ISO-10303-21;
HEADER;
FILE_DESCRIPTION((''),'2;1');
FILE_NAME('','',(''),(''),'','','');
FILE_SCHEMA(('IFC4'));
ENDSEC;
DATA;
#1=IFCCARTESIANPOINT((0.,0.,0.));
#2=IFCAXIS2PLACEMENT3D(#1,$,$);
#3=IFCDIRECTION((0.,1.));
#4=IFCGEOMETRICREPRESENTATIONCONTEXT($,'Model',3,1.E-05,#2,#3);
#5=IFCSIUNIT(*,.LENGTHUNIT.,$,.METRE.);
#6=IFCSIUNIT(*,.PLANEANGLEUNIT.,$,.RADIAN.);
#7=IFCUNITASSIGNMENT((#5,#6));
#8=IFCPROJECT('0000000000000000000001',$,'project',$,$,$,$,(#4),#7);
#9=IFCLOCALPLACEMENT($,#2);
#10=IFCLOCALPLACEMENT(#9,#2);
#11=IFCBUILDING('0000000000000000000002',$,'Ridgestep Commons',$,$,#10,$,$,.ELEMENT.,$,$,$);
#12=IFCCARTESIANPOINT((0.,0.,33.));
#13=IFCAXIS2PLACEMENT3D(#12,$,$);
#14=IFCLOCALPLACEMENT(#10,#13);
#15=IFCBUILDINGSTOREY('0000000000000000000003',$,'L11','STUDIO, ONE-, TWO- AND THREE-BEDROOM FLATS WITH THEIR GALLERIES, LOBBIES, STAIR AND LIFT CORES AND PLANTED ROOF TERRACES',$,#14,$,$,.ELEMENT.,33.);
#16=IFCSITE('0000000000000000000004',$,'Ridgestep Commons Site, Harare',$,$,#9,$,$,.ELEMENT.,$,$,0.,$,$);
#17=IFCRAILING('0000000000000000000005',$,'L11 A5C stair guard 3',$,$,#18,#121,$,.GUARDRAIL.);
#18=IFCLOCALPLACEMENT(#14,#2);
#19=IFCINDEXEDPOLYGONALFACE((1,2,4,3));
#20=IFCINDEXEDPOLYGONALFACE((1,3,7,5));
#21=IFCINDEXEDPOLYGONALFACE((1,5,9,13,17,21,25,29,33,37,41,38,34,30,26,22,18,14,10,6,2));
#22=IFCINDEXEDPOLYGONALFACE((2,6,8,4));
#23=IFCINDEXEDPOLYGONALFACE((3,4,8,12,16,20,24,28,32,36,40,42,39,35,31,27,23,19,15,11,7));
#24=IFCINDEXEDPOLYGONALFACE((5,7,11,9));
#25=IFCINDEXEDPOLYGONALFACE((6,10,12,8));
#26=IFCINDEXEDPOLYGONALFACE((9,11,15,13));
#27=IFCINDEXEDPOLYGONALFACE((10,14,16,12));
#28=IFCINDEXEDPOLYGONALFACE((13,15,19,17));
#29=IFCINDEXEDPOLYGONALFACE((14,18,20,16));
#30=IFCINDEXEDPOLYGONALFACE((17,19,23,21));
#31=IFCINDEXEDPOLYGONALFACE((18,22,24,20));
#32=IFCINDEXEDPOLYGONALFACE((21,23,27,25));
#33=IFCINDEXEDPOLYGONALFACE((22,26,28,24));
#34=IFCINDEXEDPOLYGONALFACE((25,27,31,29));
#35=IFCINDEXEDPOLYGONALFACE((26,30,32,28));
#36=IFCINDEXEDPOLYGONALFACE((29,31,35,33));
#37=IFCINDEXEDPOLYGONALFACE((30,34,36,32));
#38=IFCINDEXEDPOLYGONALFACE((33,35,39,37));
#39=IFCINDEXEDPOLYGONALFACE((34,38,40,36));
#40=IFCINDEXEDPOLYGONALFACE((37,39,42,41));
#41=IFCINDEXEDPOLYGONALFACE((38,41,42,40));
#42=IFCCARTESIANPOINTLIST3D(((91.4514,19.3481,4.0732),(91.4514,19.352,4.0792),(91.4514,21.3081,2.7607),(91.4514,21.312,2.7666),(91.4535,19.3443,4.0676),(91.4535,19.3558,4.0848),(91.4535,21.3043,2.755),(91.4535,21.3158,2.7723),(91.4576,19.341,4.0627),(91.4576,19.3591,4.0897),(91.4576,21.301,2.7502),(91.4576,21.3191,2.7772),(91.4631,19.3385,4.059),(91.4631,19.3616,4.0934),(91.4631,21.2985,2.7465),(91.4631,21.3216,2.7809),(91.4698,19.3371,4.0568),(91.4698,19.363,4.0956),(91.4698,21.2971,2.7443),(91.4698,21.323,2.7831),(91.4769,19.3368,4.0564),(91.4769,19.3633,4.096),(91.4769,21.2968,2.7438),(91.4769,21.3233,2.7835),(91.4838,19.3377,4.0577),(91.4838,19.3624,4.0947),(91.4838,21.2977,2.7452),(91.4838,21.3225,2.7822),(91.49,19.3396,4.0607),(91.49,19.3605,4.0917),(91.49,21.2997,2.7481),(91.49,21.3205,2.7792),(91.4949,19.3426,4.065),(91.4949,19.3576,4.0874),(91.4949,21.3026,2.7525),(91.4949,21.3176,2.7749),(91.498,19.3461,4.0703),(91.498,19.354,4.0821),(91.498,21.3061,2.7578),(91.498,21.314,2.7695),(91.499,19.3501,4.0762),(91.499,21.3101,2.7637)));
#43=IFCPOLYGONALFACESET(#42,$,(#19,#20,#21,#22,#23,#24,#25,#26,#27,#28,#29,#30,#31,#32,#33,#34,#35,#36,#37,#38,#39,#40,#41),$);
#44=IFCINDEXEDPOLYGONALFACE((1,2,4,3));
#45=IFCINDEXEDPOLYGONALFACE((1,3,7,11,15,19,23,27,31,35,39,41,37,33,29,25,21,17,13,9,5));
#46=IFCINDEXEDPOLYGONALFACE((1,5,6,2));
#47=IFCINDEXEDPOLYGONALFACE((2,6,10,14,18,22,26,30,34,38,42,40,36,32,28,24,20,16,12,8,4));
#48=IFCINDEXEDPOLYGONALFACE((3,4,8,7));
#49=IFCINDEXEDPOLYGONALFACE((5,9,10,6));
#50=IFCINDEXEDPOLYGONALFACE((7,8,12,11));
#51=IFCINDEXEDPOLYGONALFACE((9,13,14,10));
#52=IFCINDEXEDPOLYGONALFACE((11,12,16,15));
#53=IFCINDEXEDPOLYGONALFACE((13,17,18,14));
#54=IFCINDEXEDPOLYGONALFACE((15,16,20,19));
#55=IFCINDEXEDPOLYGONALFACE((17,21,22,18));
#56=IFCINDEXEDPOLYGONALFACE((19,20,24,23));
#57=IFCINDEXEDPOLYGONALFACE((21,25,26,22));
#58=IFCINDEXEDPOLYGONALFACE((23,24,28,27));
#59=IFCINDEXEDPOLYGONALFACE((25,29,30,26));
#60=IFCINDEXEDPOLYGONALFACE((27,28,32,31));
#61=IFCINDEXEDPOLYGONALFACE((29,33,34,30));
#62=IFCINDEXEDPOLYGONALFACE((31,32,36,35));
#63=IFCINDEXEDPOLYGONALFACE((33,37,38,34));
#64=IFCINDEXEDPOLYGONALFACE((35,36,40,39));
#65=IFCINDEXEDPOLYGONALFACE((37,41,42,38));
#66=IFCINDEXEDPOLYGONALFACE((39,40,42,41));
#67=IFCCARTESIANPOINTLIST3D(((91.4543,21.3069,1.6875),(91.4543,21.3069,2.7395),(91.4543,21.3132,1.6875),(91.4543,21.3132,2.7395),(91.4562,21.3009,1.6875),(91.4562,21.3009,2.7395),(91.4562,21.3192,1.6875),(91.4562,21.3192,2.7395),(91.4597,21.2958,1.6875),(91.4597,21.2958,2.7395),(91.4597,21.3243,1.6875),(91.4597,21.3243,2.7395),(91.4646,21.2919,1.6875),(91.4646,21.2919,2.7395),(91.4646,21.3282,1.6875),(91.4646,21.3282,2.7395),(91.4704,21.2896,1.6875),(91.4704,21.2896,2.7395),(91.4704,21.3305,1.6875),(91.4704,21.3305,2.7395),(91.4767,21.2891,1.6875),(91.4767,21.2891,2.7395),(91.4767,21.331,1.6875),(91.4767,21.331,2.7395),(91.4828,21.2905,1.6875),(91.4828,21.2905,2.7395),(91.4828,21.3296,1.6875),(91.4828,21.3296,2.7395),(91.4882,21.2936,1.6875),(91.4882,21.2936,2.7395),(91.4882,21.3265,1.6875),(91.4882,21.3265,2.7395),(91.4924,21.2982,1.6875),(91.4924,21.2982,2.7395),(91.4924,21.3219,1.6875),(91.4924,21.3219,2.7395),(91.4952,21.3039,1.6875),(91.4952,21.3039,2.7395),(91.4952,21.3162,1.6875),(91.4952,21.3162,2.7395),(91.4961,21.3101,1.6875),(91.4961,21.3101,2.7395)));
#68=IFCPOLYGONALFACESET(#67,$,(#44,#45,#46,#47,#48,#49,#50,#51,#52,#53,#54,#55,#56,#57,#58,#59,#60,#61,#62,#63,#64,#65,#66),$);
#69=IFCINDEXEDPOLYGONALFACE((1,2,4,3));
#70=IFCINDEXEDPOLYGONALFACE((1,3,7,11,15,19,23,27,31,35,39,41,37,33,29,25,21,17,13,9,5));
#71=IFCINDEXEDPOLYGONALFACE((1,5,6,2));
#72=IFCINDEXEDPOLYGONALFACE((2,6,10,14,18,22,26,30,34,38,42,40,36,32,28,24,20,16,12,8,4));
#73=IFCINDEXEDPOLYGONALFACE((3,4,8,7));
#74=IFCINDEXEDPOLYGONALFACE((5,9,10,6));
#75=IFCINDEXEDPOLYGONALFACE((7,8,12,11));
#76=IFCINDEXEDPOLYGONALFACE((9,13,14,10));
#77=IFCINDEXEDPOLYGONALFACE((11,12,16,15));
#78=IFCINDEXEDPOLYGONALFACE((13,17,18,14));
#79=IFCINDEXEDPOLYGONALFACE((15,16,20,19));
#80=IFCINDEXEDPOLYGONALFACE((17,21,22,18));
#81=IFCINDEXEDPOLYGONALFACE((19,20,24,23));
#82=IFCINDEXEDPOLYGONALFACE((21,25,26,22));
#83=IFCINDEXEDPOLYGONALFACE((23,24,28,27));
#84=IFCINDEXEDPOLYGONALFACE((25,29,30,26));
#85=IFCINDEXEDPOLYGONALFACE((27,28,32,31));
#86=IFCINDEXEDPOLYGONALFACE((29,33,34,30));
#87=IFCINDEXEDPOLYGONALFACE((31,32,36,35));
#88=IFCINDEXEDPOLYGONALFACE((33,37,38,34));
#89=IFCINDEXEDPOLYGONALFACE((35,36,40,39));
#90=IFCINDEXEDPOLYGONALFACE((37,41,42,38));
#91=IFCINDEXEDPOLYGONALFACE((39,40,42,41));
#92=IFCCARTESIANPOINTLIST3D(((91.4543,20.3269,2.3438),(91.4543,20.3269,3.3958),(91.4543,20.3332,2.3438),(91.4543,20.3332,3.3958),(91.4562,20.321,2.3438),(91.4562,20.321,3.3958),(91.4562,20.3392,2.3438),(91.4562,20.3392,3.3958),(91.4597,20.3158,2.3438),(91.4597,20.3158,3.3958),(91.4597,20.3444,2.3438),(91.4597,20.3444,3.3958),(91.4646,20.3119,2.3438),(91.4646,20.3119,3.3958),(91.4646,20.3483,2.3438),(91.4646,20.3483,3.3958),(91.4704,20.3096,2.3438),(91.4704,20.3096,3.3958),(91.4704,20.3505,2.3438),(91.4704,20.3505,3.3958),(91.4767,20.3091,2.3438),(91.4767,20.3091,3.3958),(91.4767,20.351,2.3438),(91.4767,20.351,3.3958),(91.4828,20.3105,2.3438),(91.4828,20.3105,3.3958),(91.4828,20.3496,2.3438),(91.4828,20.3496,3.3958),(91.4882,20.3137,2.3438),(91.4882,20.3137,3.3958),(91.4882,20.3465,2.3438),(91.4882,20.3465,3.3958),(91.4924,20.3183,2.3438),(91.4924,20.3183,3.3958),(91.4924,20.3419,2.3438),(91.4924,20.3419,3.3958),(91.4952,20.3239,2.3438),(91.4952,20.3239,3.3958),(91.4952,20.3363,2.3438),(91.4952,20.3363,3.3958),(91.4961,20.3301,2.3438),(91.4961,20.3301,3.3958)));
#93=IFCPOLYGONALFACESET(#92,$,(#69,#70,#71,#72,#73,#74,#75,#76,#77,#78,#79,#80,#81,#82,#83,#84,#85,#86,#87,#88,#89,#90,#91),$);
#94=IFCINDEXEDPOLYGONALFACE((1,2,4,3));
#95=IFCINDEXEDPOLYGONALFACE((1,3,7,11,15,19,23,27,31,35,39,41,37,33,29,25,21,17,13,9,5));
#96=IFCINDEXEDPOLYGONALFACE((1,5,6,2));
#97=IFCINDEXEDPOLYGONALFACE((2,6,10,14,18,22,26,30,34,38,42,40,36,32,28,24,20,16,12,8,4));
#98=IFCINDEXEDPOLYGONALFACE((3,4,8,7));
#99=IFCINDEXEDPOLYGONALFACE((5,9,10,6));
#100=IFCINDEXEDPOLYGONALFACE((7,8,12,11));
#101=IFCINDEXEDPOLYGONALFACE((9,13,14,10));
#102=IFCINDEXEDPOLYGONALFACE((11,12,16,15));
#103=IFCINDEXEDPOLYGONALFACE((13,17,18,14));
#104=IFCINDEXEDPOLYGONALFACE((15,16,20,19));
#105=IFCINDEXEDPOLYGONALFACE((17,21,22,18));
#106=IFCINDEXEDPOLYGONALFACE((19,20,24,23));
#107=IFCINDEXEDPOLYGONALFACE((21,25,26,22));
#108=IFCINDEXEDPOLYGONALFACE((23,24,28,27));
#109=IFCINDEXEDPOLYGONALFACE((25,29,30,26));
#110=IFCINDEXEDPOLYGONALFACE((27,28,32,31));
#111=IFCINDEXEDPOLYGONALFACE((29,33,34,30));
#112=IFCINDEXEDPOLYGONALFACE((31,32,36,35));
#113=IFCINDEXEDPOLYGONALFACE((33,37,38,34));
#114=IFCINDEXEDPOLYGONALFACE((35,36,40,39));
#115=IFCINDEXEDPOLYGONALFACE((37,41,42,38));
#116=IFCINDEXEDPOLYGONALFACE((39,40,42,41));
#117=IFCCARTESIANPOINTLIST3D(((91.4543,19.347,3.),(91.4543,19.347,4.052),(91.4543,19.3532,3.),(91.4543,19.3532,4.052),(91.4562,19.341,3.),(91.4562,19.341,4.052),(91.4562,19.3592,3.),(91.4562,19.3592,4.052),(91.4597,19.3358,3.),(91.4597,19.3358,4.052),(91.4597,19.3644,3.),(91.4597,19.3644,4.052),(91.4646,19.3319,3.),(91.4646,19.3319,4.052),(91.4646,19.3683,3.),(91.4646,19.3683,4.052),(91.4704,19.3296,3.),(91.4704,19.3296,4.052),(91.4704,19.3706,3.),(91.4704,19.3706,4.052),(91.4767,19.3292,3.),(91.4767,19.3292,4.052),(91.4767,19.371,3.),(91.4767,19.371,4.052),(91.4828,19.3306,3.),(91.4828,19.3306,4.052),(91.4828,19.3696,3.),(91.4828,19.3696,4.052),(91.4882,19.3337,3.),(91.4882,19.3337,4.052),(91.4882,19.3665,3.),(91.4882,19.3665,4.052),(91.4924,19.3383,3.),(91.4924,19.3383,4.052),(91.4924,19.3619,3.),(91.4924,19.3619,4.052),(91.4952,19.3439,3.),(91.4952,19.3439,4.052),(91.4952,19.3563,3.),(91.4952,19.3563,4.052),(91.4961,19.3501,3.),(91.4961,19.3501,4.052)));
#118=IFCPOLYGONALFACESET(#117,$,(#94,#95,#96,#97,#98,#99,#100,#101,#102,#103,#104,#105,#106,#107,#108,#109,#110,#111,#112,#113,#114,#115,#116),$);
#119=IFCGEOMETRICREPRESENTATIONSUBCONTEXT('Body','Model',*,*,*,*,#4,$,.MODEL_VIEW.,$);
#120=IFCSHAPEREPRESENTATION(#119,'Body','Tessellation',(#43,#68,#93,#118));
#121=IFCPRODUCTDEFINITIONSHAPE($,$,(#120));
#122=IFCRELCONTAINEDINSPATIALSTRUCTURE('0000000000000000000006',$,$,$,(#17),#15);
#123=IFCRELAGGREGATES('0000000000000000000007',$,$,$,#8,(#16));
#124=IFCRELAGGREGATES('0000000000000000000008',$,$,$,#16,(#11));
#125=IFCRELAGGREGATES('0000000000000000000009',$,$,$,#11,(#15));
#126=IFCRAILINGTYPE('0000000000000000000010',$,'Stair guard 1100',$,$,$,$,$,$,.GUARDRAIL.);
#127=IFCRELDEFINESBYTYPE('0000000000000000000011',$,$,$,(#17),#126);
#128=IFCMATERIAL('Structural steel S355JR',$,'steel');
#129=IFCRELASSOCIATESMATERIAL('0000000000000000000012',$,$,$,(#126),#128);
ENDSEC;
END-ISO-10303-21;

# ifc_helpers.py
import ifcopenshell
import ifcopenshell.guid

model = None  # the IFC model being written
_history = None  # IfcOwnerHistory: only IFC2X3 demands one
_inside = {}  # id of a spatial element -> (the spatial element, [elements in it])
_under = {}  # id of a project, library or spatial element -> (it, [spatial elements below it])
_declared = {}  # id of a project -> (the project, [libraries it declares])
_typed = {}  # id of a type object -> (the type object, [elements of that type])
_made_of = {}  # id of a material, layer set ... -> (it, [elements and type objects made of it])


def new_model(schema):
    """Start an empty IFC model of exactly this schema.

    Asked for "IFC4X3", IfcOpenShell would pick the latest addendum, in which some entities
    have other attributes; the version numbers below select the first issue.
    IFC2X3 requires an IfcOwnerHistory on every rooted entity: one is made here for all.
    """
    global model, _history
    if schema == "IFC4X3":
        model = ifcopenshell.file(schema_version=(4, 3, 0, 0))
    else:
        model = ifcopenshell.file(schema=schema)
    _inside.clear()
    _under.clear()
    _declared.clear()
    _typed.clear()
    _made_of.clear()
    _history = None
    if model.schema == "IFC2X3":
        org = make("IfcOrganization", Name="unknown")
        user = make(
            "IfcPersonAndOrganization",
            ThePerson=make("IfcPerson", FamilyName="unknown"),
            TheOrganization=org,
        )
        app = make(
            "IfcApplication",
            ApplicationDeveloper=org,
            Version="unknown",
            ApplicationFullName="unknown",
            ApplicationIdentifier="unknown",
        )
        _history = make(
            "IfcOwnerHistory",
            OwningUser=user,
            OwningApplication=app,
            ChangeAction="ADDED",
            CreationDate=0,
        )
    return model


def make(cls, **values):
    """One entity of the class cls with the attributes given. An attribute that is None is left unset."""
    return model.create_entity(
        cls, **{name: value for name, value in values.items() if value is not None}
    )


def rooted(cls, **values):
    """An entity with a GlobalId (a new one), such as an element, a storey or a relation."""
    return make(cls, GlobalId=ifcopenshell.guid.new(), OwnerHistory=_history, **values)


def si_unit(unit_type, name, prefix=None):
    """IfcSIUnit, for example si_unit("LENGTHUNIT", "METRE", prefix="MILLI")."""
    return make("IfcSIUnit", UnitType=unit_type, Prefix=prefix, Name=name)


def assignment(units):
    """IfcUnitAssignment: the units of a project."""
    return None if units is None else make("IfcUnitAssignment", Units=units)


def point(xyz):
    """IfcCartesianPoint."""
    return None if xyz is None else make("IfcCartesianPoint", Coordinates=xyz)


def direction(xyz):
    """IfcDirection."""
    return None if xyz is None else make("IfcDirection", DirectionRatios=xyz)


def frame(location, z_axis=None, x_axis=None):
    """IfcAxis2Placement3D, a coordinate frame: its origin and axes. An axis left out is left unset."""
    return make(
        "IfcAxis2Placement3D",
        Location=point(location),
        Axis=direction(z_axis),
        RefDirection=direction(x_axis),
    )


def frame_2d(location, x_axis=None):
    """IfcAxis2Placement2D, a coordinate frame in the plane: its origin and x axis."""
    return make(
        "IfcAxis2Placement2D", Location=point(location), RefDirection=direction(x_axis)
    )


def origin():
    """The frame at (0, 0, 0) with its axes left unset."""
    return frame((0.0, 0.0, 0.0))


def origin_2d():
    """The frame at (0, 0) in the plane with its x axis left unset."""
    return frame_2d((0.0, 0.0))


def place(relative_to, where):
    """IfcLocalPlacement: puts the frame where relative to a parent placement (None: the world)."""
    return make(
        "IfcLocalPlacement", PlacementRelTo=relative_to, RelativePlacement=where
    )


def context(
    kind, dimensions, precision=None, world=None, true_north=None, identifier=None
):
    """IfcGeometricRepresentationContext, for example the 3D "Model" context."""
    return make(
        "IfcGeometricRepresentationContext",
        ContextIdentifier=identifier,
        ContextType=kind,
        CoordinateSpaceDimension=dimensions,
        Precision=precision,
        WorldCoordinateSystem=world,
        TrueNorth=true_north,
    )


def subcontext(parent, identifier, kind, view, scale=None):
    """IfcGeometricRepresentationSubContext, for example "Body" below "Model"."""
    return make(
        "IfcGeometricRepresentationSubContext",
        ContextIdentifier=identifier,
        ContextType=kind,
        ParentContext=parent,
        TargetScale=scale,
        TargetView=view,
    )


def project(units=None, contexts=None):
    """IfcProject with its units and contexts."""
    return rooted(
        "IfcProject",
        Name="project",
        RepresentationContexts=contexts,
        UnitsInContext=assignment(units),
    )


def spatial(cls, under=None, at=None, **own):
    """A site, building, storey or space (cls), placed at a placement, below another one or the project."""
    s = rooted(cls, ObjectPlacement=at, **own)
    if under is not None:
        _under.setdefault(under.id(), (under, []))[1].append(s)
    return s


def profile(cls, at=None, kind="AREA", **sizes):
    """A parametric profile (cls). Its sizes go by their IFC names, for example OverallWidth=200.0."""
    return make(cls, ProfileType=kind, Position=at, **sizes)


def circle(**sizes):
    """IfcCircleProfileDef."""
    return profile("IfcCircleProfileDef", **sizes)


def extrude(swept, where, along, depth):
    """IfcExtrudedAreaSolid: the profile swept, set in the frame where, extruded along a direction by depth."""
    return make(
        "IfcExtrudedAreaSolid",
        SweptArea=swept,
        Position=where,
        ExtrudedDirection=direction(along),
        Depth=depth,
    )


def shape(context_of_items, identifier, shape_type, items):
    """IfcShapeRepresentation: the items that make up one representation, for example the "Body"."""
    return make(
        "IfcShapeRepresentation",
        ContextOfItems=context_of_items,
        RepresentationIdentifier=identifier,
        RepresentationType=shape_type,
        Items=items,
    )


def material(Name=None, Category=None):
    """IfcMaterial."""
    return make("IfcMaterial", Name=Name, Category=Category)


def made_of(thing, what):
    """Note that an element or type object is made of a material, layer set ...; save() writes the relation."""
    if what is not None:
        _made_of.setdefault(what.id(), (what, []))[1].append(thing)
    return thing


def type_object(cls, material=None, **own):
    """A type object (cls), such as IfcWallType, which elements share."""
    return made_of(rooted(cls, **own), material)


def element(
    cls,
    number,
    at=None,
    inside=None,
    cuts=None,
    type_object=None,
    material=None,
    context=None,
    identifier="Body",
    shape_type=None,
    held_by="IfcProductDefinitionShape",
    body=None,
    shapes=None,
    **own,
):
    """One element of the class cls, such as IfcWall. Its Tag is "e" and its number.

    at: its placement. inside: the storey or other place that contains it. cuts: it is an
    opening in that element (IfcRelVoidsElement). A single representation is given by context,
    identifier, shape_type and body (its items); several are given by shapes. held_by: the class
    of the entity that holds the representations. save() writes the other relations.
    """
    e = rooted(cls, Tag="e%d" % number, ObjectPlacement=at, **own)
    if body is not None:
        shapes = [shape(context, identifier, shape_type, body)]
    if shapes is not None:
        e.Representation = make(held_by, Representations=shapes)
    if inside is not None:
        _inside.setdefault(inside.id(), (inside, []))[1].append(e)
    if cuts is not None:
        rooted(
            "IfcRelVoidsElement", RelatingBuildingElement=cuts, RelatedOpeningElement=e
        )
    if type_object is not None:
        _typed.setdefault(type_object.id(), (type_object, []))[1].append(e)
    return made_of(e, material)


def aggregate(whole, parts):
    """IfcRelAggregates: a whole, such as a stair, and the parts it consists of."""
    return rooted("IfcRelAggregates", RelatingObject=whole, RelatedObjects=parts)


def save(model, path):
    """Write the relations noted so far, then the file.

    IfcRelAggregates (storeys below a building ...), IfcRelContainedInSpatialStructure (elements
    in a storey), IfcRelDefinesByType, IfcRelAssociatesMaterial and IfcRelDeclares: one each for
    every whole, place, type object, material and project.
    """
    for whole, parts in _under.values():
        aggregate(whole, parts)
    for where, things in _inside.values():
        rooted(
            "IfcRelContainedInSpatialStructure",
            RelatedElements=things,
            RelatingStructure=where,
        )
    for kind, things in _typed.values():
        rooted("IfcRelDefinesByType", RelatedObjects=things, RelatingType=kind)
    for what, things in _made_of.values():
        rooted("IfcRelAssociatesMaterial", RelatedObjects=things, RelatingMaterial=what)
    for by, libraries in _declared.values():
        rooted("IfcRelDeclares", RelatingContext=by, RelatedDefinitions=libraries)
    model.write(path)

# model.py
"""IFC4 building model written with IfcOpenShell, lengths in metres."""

from ifc_helpers import new_model, si_unit, direction, frame, origin, origin_2d, place, context, subcontext, project, spatial, circle, extrude, material, type_object, element, save


model = new_model("IFC4")

# Units and contexts
model_context = context("Model", 3, precision=1e-05, world=origin(), true_north=direction((0.0, 1.0)))
body_context = subcontext(model_context, "Body", "Model", "MODEL_VIEW")
ifc_project = project(units=[si_unit("LENGTHUNIT", "METRE"), si_unit("PLANEANGLEUNIT", "RADIAN")], contexts=[model_context])

# Site, building, storey
site_placement = place(None, origin())
site = spatial("IfcSite", under=ifc_project, at=site_placement, Name="Ridgestep Commons Site, Harare", CompositionType="ELEMENT", RefElevation=0.0)
building_placement = place(site_placement, origin())
building = spatial("IfcBuilding", under=site, at=building_placement, Name="Ridgestep Commons", CompositionType="ELEMENT")
storey_placement = place(building_placement, frame((0.0, 0.0, 33.0)))
storey = spatial("IfcBuildingStorey", under=building, at=storey_placement, Name="L11", Description="STUDIO, ONE-, TWO- AND THREE-BEDROOM FLATS WITH THEIR GALLERIES, LOBBIES, STAIR AND LIFT CORES AND PLANTED ROOF TERRACES", CompositionType="ELEMENT", Elevation=33.0)

# Railing
ifc_material_1 = material(Name="Structural steel S355JR", Category="steel")
railing_type_1 = type_object("IfcRailingType", Name="Stair guard 1100", PredefinedType="GUARDRAIL", material=ifc_material_1)
railing_1_placement = place(storey_placement, frame((91.4751, 21.3101, 1.6875)))
element("IfcRailing", 1, at=railing_1_placement, inside=storey, type_object=railing_type_1, Name="L11 A5C stair guard 3", PredefinedType="GUARDRAIL", context=body_context, shape_type="SweptSolid", body=[
    extrude(circle(Radius=0.0239, at=origin_2d()), frame((0.0, 0.0, 1.0762), z_axis=(0.0, -0.830902, 0.556419), x_axis=(1.0, 0.0, 0.0)), (0.0, 0.0, 1.0), 2.3589),
    extrude(circle(Radius=0.021, at=origin_2d()), origin(), (0.0, 0.0, 1.0), 1.052),
    extrude(circle(Radius=0.021, at=origin_2d()), frame((0.0, -0.98, 0.6562)), (0.0, 0.0, 1.0), 1.052),
    extrude(circle(Radius=0.021, at=origin_2d()), frame((0.0, -1.96, 1.3125)), (0.0, 0.0, 1.0), 1.052),
])

save(model, "model.ifc")
